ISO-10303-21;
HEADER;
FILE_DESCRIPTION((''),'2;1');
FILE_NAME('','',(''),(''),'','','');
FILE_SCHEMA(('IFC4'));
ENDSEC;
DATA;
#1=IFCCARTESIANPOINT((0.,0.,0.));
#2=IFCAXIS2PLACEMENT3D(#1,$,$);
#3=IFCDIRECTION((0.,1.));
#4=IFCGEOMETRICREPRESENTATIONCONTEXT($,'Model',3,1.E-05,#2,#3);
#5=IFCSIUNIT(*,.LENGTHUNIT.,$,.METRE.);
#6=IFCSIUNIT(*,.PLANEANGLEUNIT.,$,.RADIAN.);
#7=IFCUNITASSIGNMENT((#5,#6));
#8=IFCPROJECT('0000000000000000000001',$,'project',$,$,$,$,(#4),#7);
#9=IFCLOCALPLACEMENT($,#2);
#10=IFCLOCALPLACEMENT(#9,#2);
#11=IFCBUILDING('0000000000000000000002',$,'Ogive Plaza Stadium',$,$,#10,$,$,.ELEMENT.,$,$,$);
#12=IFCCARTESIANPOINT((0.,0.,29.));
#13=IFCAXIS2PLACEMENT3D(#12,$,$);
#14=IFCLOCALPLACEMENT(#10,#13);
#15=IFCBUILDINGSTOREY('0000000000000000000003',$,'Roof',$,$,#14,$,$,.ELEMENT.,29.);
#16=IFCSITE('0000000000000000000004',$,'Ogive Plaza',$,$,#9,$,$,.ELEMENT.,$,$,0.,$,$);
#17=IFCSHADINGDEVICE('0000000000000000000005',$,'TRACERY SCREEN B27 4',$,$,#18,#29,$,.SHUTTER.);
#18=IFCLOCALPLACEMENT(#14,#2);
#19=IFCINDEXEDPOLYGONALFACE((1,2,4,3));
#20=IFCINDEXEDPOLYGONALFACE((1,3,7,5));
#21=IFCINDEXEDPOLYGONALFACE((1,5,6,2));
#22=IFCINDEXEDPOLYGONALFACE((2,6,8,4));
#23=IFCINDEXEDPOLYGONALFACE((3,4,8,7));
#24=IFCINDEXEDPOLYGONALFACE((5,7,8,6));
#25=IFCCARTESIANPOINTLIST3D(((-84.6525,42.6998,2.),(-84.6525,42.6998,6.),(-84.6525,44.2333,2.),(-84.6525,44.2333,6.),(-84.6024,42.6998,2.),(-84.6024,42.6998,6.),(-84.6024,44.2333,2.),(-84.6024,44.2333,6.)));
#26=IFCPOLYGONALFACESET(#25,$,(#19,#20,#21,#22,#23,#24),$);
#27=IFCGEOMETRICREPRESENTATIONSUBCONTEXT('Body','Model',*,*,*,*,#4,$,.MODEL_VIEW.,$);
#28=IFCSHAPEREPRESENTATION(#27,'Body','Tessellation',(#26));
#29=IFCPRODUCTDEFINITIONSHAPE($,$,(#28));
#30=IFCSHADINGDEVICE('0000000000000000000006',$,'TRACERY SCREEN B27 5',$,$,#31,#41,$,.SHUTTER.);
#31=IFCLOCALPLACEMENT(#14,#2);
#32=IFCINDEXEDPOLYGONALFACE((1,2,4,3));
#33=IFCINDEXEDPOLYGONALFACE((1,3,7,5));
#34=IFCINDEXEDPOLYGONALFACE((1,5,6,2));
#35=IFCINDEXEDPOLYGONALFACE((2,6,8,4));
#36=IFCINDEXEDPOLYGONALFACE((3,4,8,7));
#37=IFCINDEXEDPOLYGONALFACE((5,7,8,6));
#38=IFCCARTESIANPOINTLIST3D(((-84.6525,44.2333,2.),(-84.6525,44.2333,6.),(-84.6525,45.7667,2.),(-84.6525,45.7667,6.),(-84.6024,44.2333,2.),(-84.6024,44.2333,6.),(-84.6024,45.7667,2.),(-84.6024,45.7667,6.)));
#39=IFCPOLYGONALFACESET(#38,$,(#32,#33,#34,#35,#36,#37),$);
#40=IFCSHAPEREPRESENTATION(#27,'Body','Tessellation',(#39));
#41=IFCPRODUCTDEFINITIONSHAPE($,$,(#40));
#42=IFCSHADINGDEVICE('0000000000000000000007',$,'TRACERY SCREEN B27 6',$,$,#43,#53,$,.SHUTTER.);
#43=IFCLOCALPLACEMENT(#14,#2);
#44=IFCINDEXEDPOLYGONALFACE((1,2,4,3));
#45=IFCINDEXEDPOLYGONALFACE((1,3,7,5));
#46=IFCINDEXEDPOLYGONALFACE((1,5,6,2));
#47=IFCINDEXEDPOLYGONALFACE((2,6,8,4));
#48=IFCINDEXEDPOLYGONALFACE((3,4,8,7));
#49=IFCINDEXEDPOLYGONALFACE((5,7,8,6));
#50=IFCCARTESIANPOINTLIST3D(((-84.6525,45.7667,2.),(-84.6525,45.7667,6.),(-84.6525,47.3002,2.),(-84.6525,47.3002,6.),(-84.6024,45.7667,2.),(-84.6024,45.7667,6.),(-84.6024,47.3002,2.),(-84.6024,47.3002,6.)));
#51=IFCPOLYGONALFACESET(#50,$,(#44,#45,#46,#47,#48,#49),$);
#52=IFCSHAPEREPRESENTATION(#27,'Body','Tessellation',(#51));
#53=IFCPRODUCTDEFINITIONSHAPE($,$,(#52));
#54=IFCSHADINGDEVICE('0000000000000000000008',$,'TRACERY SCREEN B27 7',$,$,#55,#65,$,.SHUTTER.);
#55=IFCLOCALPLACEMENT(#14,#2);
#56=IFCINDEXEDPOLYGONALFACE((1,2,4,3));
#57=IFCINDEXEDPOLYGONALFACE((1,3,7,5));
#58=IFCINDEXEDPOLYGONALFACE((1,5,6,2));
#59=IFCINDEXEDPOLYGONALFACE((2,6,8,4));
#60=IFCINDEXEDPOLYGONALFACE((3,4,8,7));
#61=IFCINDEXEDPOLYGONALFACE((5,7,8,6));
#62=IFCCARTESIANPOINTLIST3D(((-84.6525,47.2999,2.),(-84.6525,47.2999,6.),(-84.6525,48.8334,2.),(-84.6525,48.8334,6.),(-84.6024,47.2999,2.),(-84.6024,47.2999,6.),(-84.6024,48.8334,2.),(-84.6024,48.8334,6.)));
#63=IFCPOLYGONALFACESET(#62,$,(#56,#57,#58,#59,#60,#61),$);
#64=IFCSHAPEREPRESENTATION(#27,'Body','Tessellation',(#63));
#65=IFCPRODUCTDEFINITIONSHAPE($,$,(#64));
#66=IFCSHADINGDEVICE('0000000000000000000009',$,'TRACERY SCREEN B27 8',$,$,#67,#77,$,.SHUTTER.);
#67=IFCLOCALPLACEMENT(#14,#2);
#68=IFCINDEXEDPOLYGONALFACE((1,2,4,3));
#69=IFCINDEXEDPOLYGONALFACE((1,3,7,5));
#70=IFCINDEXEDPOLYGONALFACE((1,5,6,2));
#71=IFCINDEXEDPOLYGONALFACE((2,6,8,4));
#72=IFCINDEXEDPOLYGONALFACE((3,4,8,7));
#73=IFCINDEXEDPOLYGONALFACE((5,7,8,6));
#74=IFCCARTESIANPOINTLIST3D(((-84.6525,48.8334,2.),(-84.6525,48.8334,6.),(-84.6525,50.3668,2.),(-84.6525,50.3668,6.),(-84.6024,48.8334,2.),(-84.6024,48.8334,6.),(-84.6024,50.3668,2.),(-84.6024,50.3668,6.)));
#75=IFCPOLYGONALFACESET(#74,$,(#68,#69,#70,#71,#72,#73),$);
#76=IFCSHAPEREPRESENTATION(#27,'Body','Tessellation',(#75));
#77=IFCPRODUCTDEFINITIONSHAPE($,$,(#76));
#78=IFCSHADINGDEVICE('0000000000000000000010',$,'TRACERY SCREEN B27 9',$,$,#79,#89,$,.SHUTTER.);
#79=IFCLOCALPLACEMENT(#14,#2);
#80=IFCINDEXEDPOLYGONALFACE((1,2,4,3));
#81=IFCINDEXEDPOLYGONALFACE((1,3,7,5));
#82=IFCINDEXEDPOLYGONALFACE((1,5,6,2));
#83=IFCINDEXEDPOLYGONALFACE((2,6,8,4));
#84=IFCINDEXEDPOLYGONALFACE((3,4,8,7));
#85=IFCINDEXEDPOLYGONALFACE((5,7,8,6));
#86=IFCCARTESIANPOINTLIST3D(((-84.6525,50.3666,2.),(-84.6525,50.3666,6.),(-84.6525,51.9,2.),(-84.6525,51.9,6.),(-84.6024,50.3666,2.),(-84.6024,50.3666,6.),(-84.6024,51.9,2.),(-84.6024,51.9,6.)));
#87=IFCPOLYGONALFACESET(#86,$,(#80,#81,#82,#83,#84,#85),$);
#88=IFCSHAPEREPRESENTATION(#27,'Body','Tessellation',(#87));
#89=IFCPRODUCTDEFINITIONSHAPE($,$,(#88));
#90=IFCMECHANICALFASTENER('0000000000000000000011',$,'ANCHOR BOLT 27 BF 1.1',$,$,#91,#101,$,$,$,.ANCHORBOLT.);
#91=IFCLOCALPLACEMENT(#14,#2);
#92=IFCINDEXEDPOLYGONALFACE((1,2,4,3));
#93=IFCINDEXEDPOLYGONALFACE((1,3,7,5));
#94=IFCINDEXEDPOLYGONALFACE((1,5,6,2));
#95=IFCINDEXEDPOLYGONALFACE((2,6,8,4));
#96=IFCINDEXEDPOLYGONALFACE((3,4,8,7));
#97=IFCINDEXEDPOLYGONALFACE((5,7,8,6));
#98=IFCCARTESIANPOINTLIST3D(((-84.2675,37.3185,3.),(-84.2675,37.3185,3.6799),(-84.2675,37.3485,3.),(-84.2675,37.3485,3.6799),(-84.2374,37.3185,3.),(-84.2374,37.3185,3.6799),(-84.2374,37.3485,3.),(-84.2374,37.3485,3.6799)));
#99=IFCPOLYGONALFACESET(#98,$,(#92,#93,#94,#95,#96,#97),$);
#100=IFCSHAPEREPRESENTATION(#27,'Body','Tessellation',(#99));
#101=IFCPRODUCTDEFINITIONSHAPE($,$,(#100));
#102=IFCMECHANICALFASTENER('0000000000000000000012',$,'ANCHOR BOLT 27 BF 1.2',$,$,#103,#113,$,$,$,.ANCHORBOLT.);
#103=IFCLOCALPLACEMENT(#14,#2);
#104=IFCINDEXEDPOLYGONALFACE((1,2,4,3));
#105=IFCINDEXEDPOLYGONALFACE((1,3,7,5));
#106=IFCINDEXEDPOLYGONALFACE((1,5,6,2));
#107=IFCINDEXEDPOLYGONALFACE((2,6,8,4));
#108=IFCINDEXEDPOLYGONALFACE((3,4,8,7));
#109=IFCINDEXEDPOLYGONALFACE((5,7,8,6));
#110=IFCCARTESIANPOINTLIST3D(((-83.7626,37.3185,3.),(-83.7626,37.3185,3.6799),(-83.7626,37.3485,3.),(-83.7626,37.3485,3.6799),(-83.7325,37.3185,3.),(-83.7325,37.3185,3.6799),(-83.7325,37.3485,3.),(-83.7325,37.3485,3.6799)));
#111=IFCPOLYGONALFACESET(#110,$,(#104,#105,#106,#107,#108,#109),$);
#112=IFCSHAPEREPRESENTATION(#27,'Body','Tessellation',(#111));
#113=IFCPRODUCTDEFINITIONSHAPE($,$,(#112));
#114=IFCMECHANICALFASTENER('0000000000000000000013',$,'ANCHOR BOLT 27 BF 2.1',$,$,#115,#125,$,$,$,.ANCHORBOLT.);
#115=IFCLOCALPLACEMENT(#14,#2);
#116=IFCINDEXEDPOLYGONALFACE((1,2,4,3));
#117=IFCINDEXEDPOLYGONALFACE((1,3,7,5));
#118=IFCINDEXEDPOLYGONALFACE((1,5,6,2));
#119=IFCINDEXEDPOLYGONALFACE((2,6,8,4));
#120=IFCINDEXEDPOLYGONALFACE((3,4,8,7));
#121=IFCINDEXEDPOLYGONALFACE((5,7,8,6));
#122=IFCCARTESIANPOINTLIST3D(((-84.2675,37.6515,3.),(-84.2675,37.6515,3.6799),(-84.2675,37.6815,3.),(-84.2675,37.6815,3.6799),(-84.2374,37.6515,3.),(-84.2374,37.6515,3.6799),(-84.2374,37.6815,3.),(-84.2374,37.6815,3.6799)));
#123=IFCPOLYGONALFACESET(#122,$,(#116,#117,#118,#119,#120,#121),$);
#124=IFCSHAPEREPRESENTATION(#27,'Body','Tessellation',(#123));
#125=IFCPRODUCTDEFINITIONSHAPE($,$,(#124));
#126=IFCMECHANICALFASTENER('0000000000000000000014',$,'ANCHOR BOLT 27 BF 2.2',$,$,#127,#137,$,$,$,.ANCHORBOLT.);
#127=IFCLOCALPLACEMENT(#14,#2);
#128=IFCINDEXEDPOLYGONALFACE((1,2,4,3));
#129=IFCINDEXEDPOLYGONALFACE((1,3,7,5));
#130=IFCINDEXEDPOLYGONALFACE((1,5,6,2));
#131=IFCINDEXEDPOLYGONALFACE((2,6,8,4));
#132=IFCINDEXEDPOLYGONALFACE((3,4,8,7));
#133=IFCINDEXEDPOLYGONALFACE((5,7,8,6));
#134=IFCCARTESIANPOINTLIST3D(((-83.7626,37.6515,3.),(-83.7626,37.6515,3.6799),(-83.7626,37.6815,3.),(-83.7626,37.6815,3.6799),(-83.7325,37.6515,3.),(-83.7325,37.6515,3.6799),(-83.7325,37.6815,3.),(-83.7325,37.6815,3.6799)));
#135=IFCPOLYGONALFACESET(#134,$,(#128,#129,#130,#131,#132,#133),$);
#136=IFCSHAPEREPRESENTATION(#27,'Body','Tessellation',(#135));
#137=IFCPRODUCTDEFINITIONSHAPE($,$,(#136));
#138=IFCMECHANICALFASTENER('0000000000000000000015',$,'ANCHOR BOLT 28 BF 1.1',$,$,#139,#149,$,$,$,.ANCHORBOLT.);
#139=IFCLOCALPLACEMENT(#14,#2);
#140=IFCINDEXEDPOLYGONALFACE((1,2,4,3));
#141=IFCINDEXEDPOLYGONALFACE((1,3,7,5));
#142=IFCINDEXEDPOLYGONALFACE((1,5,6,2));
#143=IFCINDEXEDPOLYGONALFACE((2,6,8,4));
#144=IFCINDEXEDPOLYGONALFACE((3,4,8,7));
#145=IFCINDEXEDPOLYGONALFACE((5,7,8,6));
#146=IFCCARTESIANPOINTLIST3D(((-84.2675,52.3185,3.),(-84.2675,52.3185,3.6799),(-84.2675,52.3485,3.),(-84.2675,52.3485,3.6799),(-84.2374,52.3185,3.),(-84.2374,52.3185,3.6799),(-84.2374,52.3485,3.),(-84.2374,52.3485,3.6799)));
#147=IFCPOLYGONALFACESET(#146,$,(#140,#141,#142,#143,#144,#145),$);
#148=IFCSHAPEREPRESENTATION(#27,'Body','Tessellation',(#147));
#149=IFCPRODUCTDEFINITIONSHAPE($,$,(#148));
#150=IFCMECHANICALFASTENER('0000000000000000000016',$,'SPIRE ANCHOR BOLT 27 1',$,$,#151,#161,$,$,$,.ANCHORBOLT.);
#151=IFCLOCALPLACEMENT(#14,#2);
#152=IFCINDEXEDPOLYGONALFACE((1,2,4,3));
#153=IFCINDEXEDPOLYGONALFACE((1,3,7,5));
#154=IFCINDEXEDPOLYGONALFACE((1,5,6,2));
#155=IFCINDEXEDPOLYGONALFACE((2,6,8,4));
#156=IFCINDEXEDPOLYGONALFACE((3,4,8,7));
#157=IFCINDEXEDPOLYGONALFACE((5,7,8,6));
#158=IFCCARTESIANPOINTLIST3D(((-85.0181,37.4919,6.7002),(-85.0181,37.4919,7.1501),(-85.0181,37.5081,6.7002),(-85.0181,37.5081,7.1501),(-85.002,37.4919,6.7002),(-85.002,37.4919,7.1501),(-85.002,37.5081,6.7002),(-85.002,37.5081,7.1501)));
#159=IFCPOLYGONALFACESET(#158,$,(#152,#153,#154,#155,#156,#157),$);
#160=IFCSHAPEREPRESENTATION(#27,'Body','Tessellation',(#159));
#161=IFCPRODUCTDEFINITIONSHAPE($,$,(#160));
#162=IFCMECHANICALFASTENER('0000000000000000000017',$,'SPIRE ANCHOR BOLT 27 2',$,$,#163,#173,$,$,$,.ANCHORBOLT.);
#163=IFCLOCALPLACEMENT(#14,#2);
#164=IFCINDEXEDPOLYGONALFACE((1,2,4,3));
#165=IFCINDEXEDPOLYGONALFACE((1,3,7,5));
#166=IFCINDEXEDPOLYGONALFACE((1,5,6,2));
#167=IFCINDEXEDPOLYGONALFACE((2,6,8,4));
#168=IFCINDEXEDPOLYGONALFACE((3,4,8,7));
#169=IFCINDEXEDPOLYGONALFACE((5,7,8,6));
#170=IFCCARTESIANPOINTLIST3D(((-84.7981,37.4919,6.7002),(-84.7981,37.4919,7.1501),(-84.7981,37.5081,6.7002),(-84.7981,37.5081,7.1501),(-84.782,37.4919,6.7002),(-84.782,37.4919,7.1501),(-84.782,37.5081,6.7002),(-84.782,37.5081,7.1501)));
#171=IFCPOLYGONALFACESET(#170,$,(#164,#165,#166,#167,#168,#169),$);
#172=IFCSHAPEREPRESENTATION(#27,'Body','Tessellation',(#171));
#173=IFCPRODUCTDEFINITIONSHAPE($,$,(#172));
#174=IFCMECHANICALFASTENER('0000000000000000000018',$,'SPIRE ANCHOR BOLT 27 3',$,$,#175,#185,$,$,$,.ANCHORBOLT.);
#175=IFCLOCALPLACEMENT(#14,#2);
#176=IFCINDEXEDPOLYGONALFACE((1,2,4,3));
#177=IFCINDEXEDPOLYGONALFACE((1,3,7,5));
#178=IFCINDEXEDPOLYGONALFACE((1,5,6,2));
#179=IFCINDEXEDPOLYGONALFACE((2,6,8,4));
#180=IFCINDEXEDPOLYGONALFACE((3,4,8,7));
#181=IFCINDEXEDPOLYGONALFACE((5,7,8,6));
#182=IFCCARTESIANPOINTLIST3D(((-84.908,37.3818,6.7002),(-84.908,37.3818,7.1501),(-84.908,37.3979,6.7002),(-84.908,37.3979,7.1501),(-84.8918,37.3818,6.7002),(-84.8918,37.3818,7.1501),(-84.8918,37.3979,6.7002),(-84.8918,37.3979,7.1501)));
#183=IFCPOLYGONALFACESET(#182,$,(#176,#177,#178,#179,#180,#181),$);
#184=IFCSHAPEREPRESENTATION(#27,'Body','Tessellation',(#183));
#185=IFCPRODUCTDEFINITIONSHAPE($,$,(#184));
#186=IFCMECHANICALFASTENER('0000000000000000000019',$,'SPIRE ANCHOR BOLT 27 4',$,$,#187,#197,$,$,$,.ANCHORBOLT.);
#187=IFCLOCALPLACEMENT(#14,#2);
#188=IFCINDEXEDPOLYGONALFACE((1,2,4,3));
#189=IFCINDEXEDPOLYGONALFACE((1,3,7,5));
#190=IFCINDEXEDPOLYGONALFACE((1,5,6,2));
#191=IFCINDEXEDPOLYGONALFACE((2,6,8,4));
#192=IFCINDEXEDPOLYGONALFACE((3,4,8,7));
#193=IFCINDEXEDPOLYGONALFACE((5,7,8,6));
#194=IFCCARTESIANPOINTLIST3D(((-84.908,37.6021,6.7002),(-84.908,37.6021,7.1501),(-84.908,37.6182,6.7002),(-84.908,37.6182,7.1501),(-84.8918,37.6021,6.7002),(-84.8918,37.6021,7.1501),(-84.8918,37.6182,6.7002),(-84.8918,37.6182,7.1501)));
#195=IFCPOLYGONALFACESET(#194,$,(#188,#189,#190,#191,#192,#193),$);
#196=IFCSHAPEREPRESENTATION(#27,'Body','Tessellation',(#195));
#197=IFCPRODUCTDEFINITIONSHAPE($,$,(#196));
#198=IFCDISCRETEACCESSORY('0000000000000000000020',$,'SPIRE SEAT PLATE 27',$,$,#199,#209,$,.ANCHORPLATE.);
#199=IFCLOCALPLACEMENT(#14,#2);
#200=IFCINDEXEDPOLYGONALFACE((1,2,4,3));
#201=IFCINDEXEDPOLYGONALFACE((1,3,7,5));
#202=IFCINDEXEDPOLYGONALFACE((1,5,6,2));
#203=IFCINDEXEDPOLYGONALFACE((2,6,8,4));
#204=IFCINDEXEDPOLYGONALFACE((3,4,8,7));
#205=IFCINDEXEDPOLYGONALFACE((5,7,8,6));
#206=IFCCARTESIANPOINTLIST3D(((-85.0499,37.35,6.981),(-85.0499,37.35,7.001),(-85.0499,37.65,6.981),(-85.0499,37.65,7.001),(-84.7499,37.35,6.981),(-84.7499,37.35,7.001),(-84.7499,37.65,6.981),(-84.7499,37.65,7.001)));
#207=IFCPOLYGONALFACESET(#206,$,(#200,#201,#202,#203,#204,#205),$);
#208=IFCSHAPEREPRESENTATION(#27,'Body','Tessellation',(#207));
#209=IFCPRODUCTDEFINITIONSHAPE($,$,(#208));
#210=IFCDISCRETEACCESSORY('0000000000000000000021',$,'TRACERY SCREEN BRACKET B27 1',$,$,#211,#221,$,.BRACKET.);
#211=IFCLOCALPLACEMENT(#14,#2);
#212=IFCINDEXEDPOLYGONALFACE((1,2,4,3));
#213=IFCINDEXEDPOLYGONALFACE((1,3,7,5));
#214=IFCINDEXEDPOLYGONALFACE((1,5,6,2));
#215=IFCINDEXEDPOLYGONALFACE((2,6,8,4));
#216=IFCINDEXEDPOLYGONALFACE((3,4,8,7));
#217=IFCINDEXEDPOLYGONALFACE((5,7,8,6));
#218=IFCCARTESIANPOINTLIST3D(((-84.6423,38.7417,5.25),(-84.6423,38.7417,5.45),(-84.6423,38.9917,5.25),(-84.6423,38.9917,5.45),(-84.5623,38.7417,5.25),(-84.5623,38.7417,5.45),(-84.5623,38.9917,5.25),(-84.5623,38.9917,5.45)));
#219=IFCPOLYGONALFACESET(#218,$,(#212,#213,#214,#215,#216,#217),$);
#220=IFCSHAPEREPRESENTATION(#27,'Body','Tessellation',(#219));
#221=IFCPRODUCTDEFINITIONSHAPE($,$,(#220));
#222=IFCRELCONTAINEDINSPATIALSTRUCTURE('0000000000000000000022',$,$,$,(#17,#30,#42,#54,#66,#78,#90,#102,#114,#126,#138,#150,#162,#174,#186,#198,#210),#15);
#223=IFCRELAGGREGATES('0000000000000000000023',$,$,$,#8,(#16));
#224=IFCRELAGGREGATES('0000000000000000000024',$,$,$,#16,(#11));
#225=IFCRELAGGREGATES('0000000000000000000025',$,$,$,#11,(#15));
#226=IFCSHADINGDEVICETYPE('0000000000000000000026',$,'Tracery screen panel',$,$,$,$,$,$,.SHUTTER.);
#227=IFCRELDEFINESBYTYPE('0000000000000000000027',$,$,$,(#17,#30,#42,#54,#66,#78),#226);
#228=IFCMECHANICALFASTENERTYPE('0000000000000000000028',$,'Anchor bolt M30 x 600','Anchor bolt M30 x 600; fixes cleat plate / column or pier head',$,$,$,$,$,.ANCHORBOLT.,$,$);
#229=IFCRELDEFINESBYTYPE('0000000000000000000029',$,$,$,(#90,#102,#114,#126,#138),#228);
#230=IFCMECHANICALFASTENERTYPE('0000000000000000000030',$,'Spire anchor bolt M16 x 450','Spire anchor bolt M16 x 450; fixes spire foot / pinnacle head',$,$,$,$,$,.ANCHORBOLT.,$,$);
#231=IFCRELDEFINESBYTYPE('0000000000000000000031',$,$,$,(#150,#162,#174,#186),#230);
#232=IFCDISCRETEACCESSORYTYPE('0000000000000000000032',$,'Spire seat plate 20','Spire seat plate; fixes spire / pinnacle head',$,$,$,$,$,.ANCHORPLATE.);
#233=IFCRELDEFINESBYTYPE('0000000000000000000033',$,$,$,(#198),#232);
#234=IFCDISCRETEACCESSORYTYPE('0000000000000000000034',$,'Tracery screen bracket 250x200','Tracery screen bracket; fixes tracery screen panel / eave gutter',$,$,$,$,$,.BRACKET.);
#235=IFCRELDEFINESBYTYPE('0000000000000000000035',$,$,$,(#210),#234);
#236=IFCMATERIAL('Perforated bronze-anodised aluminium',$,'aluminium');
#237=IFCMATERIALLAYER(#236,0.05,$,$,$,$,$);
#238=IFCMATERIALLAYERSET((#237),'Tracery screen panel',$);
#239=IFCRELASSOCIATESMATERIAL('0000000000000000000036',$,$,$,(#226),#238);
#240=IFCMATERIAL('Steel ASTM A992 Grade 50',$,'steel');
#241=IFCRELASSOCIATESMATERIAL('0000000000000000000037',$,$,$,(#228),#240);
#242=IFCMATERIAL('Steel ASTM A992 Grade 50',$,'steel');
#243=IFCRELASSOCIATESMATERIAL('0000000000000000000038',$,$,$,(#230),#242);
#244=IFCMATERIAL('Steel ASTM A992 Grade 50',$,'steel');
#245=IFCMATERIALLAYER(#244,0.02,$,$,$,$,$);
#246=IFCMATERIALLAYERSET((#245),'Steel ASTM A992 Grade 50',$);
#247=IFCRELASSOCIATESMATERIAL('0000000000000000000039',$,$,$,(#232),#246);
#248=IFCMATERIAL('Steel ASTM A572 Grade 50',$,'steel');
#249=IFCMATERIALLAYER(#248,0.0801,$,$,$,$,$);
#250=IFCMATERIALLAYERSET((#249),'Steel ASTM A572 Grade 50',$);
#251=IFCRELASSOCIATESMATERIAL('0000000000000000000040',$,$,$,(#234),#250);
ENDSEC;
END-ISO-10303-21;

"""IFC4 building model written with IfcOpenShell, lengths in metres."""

from ifc_helpers import new_model, si_unit, direction, frame, origin, origin_2d, place, context, subcontext, project, spatial, rectangle, extrude, material, layer, layer_set, type_object, element, save


model = new_model("IFC4")

# Units and contexts
model_context = context("Model", 3, precision=1e-05, world=origin(), true_north=direction((0.0, 1.0)))
body_context = subcontext(model_context, "Body", "Model", "MODEL_VIEW")
ifc_project = project(units=[si_unit("LENGTHUNIT", "METRE"), si_unit("PLANEANGLEUNIT", "RADIAN")], contexts=[model_context])

# Site, building, storey
site_placement = place(None, origin())
site = spatial("IfcSite", under=ifc_project, at=site_placement, Name="Ogive Plaza", CompositionType="ELEMENT", RefElevation=0.0)
building_placement = place(site_placement, origin())
building = spatial("IfcBuilding", under=site, at=building_placement, Name="Ogive Plaza Stadium", CompositionType="ELEMENT")
storey_placement = place(building_placement, frame((0.0, 0.0, 29.0)))
storey = spatial("IfcBuildingStorey", under=building, at=storey_placement, Name="Roof", CompositionType="ELEMENT", Elevation=29.0)

# Shading devices
ifc_material_1 = material(Name="Perforated bronze-anodised aluminium", Category="aluminium")
ifc_layer_1 = layer(ifc_material_1, 0.05)
ifc_layer_set_1 = layer_set([ifc_layer_1], Name="Tracery screen panel")
shading_device_type = type_object("IfcShadingDeviceType", Name="Tracery screen panel", PredefinedType="SHUTTER", material=ifc_layer_set_1)
for number, where, z_axis, x_axis, name in (
    (1, (-84.6274, 43.4666, 2.0), (0.0, 0.0, 1.0), (0.0, 1.0, 0.0), "TRACERY SCREEN B27 4"),
    (2, (-84.6274, 45.0, 2.0), (0.0, 0.0, 1.0), (0.0, 1.0, 0.0), "TRACERY SCREEN B27 5"),
    (3, (-84.6274, 46.5334, 2.0), (0.0, 0.0, 1.0), (0.0, 1.0, 0.0), "TRACERY SCREEN B27 6"),
    (4, (-84.6274, 48.0667, 2.0), (0.0, 0.0, 1.0), (0.0, 1.0, 0.0), "TRACERY SCREEN B27 7"),
    (5, (-84.6274, 49.6001, 2.0), (0.0, 0.0, 1.0), (0.0, 1.0, 0.0), "TRACERY SCREEN B27 8"),
    (6, (-84.6274, 51.1333, 2.0), (0.0, 0.0, 1.0), (0.0, 1.0, 0.0), "TRACERY SCREEN B27 9"),
):
    element("IfcShadingDevice", number, at=place(storey_placement, frame(where, z_axis=z_axis, x_axis=x_axis)), inside=storey, type_object=shading_device_type, Name=name, PredefinedType="SHUTTER", context=body_context, shape_type="SweptSolid", body=[
        extrude(rectangle(XDim=1.5334, YDim=0.05, at=origin_2d()), origin(), (0.0, 0.0, 1.0), 4.0),
    ])

# Mechanical fasteners
ifc_material_2 = material(Name="Steel ASTM A992 Grade 50", Category="steel")
mechanical_fastener_type_1 = type_object("IfcMechanicalFastenerType", Name="Anchor bolt M30 x 600", Description="Anchor bolt M30 x 600; fixes cleat plate / column or pier head", PredefinedType="ANCHORBOLT", material=ifc_material_2)
for number, where, z_axis, x_axis, name in (
    (7, (-84.2524, 37.3335, 3.0), (0.0, 0.0, 1.0), (-1.0, 0.0, 0.0), "ANCHOR BOLT 27 BF 1.1"),
    (8, (-83.7476, 37.3335, 3.0), (0.0, 0.0, 1.0), (-1.0, 0.0, 0.0), "ANCHOR BOLT 27 BF 1.2"),
    (9, (-84.2524, 37.6665, 3.0), (0.0, 0.0, 1.0), (-1.0, 0.0, 0.0), "ANCHOR BOLT 27 BF 2.1"),
    (10, (-83.7476, 37.6665, 3.0), (0.0, 0.0, 1.0), (-1.0, 0.0, 0.0), "ANCHOR BOLT 27 BF 2.2"),
    (11, (-84.2524, 52.3335, 3.0), (0.0, 0.0, 1.0), (-1.0, 0.0, 0.0), "ANCHOR BOLT 28 BF 1.1"),
):
    element("IfcMechanicalFastener", number, at=place(storey_placement, frame(where, z_axis=z_axis, x_axis=x_axis)), inside=storey, type_object=mechanical_fastener_type_1, Name=name, PredefinedType="ANCHORBOLT", context=body_context, shape_type="SweptSolid", body=[
        extrude(rectangle(XDim=0.03, YDim=0.03, at=origin_2d()), origin(), (0.0, 0.0, 1.0), 0.6799),
    ])
ifc_material_3 = material(Name="Steel ASTM A992 Grade 50", Category="steel")
mechanical_fastener_type_2 = type_object("IfcMechanicalFastenerType", Name="Spire anchor bolt M16 x 450", Description="Spire anchor bolt M16 x 450; fixes spire foot / pinnacle head", PredefinedType="ANCHORBOLT", material=ifc_material_3)
for number, where, z_axis, x_axis, name in (
    (12, (-85.01, 37.5, 6.7002), (0.0, 0.0, 1.0), (-1.0, 0.0, 0.0), "SPIRE ANCHOR BOLT 27 1"),
    (13, (-84.79, 37.5, 6.7002), (0.0, 0.0, 1.0), (-1.0, 0.0, 0.0), "SPIRE ANCHOR BOLT 27 2"),
    (14, (-84.8999, 37.3899, 6.7002), (0.0, 0.0, 1.0), (-1.0, 0.0, 0.0), "SPIRE ANCHOR BOLT 27 3"),
    (15, (-84.8999, 37.6101, 6.7002), (0.0, 0.0, 1.0), (-1.0, 0.0, 0.0), "SPIRE ANCHOR BOLT 27 4"),
):
    element("IfcMechanicalFastener", number, at=place(storey_placement, frame(where, z_axis=z_axis, x_axis=x_axis)), inside=storey, type_object=mechanical_fastener_type_2, Name=name, PredefinedType="ANCHORBOLT", context=body_context, shape_type="SweptSolid", body=[
        extrude(rectangle(XDim=0.0161, YDim=0.0161, at=origin_2d()), origin(), (0.0, 0.0, 1.0), 0.45),
    ])

# Discrete accessories
ifc_material_4 = material(Name="Steel ASTM A992 Grade 50", Category="steel")
ifc_layer_2 = layer(ifc_material_4, 0.02)
ifc_layer_set_2 = layer_set([ifc_layer_2], Name="Steel ASTM A992 Grade 50")
discrete_accessory_type_1 = type_object("IfcDiscreteAccessoryType", Name="Spire seat plate 20", Description="Spire seat plate; fixes spire / pinnacle head", PredefinedType="ANCHORPLATE", material=ifc_layer_set_2)
discrete_accessory_placement = place(storey_placement, frame((-84.8999, 37.5, 6.981), z_axis=(0.0, 0.0, 1.0), x_axis=(-1.0, 0.0, 0.0)))
element("IfcDiscreteAccessory", 16, at=discrete_accessory_placement, inside=storey, type_object=discrete_accessory_type_1, Name="SPIRE SEAT PLATE 27", PredefinedType="ANCHORPLATE", context=body_context, shape_type="SweptSolid", body=[
    extrude(rectangle(XDim=0.3, YDim=0.3, at=origin_2d()), origin(), (0.0, 0.0, 1.0), 0.02),
])
ifc_material_5 = material(Name="Steel ASTM A572 Grade 50", Category="steel")
ifc_layer_3 = layer(ifc_material_5, 0.0801)
ifc_layer_set_3 = layer_set([ifc_layer_3], Name="Steel ASTM A572 Grade 50")
discrete_accessory_type_2 = type_object("IfcDiscreteAccessoryType", Name="Tracery screen bracket 250x200", Description="Tracery screen bracket; fixes tracery screen panel / eave gutter", PredefinedType="BRACKET", material=ifc_layer_set_3)
for number, where, z_axis, x_axis, name in (
    (17, (-84.6023, 38.8667, 5.25), (0.0, 0.0, 1.0), (0.0, 1.0, 0.0), "TRACERY SCREEN BRACKET B27 1"),
):
    element("IfcDiscreteAccessory", number, at=place(storey_placement, frame(where, z_axis=z_axis, x_axis=x_axis)), inside=storey, type_object=discrete_accessory_type_2, Name=name, PredefinedType="BRACKET", context=body_context, shape_type="SweptSolid", body=[
        extrude(rectangle(XDim=0.25, YDim=0.0801, at=origin_2d()), origin(), (0.0, 0.0, 1.0), 0.2),
    ])

save(model, "model.ifc")
